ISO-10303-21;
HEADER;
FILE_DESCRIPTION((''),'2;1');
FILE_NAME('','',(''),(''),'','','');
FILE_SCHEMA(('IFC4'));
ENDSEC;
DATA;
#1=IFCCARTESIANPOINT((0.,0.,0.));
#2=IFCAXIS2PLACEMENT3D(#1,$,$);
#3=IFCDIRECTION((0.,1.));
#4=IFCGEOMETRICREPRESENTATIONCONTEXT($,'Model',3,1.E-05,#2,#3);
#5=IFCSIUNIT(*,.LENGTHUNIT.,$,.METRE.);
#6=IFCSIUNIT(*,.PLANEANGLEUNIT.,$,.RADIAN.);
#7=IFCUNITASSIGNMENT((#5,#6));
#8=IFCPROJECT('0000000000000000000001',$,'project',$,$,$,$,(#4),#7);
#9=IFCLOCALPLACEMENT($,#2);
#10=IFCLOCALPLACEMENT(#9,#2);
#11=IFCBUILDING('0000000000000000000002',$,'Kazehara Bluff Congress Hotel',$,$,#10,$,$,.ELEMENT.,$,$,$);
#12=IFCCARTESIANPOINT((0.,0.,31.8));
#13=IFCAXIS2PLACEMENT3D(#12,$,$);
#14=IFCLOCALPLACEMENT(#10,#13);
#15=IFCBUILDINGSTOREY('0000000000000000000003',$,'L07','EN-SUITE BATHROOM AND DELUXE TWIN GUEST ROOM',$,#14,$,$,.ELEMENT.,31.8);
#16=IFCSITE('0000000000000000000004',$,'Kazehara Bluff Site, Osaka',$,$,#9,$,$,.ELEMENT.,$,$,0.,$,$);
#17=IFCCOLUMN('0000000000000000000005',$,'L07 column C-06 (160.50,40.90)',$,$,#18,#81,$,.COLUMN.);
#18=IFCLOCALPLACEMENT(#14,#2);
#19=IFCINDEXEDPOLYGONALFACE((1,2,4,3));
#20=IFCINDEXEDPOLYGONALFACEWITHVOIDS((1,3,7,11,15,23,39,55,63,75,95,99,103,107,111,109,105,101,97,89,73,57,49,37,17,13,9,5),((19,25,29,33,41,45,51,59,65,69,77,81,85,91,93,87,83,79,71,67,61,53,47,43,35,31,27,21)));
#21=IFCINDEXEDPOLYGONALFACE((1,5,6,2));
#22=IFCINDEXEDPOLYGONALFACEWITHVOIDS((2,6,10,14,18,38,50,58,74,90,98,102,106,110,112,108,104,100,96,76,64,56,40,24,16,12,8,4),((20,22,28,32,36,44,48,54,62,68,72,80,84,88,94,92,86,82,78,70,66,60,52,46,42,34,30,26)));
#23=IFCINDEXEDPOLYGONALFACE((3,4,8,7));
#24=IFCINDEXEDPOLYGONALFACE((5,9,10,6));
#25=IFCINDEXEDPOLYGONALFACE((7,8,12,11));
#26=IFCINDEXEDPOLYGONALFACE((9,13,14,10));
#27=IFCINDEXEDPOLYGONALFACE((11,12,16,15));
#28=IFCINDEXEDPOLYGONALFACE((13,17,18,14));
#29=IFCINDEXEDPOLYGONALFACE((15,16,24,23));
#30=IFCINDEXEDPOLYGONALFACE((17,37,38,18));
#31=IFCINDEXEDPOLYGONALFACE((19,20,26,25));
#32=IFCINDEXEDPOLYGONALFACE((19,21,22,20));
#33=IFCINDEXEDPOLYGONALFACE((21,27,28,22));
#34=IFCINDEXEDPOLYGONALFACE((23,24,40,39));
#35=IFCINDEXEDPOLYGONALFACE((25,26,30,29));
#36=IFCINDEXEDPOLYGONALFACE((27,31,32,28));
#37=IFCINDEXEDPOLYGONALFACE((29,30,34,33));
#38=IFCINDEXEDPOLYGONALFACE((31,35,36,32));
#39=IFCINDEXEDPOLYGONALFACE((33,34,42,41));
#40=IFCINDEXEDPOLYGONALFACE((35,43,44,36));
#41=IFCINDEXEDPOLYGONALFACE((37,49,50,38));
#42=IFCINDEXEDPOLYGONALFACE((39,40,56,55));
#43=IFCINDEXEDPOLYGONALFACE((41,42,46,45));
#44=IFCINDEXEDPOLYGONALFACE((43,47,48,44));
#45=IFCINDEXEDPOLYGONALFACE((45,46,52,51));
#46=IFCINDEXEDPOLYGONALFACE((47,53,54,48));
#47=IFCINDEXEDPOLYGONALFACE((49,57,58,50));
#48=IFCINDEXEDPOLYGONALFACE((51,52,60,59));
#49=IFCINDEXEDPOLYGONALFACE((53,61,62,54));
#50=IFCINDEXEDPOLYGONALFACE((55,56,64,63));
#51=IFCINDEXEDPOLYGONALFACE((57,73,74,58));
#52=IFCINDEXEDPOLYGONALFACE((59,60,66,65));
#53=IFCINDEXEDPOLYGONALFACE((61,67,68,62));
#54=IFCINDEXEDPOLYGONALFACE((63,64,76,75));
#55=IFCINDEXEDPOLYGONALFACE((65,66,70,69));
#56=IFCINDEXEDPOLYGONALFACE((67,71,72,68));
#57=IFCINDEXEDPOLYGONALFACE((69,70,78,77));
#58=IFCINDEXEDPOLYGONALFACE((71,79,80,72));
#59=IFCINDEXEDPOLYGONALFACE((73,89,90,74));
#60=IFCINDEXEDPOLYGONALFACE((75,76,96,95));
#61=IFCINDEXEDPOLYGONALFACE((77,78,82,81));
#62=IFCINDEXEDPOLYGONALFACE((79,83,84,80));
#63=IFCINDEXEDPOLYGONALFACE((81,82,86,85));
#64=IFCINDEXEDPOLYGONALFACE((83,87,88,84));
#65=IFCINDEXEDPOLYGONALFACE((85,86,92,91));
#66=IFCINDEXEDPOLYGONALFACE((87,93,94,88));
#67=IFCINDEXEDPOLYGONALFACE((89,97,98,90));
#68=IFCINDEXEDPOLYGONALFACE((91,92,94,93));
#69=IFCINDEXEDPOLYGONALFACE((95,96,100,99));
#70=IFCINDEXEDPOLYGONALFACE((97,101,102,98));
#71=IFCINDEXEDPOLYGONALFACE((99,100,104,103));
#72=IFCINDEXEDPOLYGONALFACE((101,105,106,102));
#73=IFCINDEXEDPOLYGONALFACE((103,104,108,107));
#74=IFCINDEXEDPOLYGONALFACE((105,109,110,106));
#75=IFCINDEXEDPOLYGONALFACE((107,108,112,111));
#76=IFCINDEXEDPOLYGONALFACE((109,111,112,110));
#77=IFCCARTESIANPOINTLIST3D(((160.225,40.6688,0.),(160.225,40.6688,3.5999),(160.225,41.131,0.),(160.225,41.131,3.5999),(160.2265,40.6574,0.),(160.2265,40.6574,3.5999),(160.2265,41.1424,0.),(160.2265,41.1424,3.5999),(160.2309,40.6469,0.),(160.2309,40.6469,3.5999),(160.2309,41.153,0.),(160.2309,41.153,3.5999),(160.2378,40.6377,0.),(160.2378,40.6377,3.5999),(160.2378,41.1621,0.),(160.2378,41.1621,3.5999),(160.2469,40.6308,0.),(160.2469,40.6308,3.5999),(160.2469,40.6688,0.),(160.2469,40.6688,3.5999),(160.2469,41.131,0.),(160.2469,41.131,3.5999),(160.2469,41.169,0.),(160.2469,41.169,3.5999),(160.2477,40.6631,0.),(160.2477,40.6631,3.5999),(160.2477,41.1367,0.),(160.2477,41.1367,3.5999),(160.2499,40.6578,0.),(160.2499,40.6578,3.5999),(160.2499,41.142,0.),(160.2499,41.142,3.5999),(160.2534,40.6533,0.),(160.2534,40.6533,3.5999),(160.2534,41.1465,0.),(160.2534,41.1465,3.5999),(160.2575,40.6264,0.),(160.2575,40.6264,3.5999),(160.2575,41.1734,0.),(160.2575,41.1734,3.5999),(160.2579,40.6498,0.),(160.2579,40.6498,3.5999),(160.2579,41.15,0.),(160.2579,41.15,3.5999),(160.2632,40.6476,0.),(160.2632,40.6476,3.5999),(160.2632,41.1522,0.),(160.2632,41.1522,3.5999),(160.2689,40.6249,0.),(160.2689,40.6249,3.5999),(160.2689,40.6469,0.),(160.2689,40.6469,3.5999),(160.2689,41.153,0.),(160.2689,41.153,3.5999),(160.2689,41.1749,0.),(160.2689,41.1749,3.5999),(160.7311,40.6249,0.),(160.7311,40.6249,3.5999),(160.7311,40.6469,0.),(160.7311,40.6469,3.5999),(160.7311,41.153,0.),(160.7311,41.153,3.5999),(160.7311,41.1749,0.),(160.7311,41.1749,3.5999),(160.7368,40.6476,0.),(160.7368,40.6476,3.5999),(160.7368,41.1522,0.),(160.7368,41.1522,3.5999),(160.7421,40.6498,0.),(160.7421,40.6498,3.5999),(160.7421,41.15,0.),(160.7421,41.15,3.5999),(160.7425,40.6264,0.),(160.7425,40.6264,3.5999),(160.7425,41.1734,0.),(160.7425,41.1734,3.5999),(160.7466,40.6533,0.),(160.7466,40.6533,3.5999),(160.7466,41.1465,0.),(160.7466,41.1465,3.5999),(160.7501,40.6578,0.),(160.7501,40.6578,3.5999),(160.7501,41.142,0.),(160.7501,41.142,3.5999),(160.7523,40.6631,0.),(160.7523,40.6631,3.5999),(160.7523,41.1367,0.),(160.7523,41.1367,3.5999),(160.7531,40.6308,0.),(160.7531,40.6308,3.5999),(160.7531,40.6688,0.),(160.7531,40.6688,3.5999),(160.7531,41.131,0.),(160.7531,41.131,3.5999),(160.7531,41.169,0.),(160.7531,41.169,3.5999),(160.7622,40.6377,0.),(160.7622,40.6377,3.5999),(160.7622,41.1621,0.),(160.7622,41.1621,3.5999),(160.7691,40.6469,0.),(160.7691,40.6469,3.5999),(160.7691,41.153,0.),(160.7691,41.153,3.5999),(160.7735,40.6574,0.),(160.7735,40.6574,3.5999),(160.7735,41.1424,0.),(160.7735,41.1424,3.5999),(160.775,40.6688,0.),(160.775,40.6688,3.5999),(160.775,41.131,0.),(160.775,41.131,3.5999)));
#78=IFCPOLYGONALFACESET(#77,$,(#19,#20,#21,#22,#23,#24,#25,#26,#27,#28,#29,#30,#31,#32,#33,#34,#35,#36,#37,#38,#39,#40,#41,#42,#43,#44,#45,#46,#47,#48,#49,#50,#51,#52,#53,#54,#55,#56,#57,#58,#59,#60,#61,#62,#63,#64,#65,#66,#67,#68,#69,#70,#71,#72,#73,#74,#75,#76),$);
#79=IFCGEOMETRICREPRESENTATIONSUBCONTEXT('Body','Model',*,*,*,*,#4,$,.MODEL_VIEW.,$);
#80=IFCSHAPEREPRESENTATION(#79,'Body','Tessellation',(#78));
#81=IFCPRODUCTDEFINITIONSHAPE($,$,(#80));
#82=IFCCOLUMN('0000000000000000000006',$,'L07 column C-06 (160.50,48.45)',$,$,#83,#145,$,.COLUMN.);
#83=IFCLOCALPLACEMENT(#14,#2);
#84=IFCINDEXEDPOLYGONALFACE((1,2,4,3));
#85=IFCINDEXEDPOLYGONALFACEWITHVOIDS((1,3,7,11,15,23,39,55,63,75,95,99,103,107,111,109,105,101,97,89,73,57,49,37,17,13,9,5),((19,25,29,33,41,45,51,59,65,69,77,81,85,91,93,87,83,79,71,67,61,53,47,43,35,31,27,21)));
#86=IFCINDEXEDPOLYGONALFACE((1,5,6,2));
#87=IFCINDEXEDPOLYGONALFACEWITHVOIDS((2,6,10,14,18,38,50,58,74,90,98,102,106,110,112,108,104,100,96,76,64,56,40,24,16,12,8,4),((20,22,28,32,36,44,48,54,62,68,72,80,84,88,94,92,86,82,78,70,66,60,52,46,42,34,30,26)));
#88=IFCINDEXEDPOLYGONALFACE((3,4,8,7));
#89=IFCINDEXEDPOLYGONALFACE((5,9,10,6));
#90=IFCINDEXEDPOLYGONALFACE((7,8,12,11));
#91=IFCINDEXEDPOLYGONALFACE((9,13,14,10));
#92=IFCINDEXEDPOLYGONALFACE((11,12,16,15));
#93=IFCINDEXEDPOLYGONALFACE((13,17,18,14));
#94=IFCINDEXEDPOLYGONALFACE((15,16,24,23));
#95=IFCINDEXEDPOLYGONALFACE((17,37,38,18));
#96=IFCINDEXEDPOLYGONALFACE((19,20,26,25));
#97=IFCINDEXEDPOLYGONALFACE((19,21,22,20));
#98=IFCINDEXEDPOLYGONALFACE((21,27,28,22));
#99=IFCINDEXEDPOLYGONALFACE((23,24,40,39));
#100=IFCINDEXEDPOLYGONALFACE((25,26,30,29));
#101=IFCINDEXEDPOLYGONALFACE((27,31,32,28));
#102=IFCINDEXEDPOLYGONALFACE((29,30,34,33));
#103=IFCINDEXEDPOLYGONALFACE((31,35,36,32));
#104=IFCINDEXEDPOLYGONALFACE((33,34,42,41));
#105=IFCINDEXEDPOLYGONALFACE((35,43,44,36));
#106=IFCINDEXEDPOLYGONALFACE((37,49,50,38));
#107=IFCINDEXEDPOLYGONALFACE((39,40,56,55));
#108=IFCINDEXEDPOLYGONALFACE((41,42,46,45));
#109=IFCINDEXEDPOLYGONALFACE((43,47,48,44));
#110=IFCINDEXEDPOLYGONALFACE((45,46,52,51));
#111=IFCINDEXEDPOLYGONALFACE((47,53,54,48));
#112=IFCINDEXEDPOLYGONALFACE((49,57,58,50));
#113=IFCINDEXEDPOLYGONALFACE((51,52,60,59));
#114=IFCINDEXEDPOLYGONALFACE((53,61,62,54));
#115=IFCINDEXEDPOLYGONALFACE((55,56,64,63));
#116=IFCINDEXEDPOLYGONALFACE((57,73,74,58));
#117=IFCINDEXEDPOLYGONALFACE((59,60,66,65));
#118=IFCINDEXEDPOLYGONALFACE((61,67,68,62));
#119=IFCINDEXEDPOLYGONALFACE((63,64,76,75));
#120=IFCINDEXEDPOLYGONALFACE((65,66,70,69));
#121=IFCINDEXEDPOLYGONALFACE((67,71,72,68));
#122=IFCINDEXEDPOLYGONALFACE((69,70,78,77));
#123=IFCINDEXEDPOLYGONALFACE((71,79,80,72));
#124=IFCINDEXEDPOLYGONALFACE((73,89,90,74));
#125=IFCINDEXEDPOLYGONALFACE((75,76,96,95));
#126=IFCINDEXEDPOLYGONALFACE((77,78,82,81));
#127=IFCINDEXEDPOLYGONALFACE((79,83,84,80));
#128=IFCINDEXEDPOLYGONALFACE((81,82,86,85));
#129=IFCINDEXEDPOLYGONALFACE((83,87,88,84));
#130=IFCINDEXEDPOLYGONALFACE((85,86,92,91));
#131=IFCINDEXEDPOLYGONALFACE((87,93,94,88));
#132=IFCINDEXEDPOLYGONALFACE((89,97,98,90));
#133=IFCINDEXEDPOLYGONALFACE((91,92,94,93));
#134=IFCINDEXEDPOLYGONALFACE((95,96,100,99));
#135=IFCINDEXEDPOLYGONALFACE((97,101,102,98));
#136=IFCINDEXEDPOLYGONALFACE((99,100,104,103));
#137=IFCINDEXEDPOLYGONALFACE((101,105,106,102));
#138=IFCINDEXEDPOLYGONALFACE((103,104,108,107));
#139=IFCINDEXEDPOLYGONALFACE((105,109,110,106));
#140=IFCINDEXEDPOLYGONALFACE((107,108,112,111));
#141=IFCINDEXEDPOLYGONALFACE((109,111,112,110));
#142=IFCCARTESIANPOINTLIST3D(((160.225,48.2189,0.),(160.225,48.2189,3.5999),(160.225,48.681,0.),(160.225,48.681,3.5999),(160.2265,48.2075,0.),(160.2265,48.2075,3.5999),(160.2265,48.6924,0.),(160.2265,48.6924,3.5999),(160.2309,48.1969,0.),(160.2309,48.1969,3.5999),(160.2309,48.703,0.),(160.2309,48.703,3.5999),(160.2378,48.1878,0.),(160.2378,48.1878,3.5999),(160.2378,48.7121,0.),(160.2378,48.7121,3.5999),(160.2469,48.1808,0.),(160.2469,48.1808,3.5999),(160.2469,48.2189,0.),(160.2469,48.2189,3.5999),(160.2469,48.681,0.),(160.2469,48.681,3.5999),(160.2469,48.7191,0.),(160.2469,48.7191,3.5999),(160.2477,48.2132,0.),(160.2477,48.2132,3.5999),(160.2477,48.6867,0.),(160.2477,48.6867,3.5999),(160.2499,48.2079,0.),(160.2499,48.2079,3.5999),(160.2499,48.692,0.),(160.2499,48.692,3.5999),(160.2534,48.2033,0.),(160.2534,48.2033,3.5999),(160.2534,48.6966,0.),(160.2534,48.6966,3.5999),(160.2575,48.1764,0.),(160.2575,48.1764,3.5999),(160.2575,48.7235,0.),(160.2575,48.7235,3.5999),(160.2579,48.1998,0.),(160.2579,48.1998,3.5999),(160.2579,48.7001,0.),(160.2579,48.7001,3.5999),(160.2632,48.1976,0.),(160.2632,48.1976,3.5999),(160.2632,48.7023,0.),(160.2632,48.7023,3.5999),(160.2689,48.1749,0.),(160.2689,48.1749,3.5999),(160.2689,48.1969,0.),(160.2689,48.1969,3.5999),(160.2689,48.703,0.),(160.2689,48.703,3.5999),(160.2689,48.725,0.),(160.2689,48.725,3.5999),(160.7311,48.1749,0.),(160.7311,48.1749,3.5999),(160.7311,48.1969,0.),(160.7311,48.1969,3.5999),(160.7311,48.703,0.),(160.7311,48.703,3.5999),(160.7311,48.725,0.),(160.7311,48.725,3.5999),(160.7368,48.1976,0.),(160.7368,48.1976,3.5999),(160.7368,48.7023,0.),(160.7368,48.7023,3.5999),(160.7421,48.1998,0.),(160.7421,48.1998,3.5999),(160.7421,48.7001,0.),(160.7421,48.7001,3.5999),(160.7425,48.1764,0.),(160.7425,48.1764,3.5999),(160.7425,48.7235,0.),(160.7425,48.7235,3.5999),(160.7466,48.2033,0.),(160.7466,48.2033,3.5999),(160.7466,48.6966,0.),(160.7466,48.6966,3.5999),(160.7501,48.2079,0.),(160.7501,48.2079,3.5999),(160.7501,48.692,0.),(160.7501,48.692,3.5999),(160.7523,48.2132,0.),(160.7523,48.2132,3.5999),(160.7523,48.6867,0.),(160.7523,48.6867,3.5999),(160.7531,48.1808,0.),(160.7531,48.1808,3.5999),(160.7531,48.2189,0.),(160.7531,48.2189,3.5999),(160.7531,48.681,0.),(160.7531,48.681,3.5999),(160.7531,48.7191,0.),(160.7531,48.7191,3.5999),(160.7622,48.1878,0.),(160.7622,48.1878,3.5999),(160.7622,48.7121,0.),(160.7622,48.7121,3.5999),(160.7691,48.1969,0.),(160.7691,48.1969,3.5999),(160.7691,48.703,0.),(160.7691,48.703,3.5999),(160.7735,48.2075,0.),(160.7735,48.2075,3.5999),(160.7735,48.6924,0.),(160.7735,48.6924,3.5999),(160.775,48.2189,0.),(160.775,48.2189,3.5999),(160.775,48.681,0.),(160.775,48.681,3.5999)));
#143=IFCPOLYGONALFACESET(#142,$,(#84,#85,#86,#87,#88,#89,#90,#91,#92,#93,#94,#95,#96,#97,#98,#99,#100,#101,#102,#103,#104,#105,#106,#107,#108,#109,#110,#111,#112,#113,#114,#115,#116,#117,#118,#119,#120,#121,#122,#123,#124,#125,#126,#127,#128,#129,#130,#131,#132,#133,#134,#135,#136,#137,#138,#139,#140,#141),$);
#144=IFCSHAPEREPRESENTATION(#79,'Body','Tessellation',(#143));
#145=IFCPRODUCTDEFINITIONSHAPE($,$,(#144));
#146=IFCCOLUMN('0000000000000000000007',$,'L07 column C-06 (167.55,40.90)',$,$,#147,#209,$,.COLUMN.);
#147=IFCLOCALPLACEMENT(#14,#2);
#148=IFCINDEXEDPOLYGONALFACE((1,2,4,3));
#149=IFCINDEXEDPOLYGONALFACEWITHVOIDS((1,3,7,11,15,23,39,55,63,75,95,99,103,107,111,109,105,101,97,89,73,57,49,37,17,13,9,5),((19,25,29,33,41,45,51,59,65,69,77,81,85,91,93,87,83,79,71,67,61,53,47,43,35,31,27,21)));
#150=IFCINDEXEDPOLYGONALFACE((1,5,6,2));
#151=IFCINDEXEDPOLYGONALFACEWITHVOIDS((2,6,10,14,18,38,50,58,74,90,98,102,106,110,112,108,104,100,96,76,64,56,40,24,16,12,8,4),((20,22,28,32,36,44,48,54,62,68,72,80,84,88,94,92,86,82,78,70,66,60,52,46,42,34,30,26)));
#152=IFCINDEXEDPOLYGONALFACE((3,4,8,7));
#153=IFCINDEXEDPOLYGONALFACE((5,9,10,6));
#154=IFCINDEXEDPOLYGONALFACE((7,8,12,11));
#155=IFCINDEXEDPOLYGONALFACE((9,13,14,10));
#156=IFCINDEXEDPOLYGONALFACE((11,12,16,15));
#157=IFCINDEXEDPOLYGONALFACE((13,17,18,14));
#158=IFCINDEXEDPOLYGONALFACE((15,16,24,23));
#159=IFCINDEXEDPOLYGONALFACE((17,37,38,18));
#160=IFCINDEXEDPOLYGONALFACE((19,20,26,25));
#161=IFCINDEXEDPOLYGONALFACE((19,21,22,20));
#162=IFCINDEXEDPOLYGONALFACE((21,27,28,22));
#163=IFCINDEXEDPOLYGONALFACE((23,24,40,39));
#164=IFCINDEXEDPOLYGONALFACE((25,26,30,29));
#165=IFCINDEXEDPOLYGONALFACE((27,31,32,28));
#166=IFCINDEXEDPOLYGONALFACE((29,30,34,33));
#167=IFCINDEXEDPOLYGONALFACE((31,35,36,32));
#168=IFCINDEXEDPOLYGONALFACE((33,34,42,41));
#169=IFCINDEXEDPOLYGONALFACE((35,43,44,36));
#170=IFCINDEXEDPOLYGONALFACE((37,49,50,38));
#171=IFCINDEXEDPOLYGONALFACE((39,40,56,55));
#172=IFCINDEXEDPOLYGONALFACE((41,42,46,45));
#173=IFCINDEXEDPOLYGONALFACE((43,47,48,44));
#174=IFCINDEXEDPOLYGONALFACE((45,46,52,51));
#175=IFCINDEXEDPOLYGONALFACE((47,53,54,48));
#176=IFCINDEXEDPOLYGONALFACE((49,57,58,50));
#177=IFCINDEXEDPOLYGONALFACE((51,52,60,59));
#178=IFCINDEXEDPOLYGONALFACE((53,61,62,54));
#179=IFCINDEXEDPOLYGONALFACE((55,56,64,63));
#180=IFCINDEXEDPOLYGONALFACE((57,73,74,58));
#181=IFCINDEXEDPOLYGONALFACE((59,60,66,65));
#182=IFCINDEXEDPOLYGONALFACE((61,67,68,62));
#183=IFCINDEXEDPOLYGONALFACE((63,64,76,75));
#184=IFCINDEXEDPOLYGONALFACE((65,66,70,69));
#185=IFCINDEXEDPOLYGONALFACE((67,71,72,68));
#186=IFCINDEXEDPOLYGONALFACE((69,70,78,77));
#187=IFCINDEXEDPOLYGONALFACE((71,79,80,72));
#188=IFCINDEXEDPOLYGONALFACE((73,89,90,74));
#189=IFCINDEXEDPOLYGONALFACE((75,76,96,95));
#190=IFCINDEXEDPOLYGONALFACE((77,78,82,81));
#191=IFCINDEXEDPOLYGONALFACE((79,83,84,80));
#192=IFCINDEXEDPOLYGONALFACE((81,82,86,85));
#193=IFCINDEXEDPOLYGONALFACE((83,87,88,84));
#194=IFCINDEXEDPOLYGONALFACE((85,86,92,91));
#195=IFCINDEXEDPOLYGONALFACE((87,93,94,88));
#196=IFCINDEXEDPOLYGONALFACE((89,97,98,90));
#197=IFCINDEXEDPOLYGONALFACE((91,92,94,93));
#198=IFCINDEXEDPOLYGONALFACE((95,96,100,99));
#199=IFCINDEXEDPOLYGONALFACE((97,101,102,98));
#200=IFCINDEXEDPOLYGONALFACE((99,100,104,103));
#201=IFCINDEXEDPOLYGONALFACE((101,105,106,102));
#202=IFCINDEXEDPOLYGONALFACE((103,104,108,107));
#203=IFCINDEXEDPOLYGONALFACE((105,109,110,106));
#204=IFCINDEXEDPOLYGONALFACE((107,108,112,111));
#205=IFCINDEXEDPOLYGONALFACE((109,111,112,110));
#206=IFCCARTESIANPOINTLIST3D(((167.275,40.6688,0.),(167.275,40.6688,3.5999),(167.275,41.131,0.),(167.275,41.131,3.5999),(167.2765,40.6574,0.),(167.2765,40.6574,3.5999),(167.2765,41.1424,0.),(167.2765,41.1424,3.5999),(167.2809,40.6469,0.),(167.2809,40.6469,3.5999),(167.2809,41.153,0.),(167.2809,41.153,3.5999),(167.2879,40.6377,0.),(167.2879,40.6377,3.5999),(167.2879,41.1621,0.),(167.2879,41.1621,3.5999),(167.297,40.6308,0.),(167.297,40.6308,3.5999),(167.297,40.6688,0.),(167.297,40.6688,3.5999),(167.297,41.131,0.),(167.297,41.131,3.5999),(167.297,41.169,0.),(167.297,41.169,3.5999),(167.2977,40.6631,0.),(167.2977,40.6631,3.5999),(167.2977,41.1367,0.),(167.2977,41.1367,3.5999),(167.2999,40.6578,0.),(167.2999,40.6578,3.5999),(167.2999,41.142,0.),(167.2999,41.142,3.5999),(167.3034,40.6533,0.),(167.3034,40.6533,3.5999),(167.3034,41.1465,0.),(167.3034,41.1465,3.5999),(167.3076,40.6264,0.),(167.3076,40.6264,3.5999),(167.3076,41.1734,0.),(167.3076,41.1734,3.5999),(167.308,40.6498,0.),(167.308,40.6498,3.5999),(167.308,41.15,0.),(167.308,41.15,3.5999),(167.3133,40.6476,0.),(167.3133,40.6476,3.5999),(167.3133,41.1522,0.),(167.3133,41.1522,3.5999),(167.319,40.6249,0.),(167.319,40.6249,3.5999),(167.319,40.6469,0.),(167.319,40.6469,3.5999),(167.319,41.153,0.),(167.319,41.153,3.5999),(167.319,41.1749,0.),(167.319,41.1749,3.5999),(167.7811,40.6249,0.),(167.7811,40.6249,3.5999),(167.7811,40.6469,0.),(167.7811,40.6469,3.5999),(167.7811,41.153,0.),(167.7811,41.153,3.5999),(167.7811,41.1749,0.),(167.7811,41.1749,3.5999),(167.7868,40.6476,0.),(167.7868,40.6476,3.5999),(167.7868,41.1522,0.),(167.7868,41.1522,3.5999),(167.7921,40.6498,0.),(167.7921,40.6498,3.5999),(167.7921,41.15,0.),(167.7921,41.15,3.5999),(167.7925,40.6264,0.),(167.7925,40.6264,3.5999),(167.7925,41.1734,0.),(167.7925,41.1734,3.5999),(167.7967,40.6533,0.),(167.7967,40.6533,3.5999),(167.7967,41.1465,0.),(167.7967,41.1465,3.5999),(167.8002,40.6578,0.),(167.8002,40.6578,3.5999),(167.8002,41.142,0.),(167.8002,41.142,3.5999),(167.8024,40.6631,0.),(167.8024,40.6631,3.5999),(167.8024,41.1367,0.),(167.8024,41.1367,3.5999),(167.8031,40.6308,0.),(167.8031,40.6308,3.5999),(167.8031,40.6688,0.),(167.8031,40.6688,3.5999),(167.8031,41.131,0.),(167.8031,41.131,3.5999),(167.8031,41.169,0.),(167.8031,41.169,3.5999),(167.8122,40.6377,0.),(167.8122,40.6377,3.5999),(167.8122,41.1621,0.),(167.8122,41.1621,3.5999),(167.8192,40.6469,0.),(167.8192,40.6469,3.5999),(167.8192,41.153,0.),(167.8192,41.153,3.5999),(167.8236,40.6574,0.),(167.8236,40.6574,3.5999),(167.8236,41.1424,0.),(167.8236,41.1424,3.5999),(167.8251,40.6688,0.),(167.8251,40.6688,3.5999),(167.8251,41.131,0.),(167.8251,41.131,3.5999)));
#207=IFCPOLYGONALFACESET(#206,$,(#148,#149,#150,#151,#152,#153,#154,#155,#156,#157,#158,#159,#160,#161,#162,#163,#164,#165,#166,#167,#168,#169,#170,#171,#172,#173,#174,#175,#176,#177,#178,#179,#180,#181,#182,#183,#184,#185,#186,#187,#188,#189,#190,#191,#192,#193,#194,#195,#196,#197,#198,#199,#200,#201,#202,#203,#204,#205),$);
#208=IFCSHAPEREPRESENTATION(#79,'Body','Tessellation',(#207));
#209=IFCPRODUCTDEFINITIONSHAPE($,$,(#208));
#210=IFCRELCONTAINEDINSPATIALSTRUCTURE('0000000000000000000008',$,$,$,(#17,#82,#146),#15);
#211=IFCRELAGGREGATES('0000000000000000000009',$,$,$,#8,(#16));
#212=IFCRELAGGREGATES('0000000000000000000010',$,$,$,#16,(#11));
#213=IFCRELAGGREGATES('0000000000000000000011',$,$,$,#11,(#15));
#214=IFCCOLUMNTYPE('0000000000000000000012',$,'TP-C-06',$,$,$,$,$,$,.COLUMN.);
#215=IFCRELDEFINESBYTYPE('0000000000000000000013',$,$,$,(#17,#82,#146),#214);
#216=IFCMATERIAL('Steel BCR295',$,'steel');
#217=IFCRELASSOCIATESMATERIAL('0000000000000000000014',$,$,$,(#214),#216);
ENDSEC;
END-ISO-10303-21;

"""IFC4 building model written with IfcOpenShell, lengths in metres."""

from ifc_helpers import new_model, si_unit, direction, frame, origin, origin_2d, place, context, subcontext, project, spatial, hollow_rectangle, extrude, material, material_profile, profile_set, type_object, element, save


model = new_model("IFC4")

# Units and contexts
model_context = context("Model", 3, precision=1e-05, world=origin(), true_north=direction((0.0, 1.0)))
body_context = subcontext(model_context, "Body", "Model", "MODEL_VIEW")
ifc_project = project(units=[si_unit("LENGTHUNIT", "METRE"), si_unit("PLANEANGLEUNIT", "RADIAN")], contexts=[model_context])

# Site, building, storey
site_placement = place(None, origin())
site = spatial("IfcSite", under=ifc_project, at=site_placement, Name="Kazehara Bluff Site, Osaka", CompositionType="ELEMENT", RefElevation=0.0)
building_placement = place(site_placement, origin())
building = spatial("IfcBuilding", under=site, at=building_placement, Name="Kazehara Bluff Congress Hotel", CompositionType="ELEMENT")
storey_placement = place(building_placement, frame((0.0, 0.0, 31.8)))
storey = spatial("IfcBuildingStorey", under=building, at=storey_placement, Name="L07", Description="EN-SUITE BATHROOM AND DELUXE TWIN GUEST ROOM", CompositionType="ELEMENT", Elevation=31.8)

# Columns
ifc_material_1 = material(Name="Steel BCR295", Category="steel")
ifc_material_profile_1 = material_profile(ifc_material_1, hollow_rectangle(XDim=0.55, YDim=0.55, WallThickness=0.022, InnerFilletRadius=0.022, OuterFilletRadius=0.0439, at=origin_2d()))
ifc_profile_set_1 = profile_set([ifc_material_profile_1], Name="Steel BCR295")
column_type = type_object("IfcColumnType", Name="TP-C-06", PredefinedType="COLUMN", material=ifc_profile_set_1)
for number, where, z_axis, x_axis, name in (
    (1, (160.5, 40.8999, 0.0), (0.0, 0.0, 1.0), (1.0, 0.0, 0.0), "L07 column C-06 (160.50,40.90)"),
    (2, (160.5, 48.45, 0.0), (0.0, 0.0, 1.0), (1.0, 0.0, 0.0), "L07 column C-06 (160.50,48.45)"),
    (3, (167.55, 40.8999, 0.0), (0.0, 0.0, 1.0), (1.0, 0.0, 0.0), "L07 column C-06 (167.55,40.90)"),
):
    element("IfcColumn", number, at=place(storey_placement, frame(where, z_axis=z_axis, x_axis=x_axis)), inside=storey, type_object=column_type, Name=name, PredefinedType="COLUMN", context=body_context, shape_type="SweptSolid", body=[
        extrude(hollow_rectangle(XDim=0.55, YDim=0.55, WallThickness=0.022, InnerFilletRadius=0.022, OuterFilletRadius=0.0439, at=origin_2d()), origin(), (0.0, 0.0, 1.0), 3.5999),
    ])

save(model, "model.ifc")
